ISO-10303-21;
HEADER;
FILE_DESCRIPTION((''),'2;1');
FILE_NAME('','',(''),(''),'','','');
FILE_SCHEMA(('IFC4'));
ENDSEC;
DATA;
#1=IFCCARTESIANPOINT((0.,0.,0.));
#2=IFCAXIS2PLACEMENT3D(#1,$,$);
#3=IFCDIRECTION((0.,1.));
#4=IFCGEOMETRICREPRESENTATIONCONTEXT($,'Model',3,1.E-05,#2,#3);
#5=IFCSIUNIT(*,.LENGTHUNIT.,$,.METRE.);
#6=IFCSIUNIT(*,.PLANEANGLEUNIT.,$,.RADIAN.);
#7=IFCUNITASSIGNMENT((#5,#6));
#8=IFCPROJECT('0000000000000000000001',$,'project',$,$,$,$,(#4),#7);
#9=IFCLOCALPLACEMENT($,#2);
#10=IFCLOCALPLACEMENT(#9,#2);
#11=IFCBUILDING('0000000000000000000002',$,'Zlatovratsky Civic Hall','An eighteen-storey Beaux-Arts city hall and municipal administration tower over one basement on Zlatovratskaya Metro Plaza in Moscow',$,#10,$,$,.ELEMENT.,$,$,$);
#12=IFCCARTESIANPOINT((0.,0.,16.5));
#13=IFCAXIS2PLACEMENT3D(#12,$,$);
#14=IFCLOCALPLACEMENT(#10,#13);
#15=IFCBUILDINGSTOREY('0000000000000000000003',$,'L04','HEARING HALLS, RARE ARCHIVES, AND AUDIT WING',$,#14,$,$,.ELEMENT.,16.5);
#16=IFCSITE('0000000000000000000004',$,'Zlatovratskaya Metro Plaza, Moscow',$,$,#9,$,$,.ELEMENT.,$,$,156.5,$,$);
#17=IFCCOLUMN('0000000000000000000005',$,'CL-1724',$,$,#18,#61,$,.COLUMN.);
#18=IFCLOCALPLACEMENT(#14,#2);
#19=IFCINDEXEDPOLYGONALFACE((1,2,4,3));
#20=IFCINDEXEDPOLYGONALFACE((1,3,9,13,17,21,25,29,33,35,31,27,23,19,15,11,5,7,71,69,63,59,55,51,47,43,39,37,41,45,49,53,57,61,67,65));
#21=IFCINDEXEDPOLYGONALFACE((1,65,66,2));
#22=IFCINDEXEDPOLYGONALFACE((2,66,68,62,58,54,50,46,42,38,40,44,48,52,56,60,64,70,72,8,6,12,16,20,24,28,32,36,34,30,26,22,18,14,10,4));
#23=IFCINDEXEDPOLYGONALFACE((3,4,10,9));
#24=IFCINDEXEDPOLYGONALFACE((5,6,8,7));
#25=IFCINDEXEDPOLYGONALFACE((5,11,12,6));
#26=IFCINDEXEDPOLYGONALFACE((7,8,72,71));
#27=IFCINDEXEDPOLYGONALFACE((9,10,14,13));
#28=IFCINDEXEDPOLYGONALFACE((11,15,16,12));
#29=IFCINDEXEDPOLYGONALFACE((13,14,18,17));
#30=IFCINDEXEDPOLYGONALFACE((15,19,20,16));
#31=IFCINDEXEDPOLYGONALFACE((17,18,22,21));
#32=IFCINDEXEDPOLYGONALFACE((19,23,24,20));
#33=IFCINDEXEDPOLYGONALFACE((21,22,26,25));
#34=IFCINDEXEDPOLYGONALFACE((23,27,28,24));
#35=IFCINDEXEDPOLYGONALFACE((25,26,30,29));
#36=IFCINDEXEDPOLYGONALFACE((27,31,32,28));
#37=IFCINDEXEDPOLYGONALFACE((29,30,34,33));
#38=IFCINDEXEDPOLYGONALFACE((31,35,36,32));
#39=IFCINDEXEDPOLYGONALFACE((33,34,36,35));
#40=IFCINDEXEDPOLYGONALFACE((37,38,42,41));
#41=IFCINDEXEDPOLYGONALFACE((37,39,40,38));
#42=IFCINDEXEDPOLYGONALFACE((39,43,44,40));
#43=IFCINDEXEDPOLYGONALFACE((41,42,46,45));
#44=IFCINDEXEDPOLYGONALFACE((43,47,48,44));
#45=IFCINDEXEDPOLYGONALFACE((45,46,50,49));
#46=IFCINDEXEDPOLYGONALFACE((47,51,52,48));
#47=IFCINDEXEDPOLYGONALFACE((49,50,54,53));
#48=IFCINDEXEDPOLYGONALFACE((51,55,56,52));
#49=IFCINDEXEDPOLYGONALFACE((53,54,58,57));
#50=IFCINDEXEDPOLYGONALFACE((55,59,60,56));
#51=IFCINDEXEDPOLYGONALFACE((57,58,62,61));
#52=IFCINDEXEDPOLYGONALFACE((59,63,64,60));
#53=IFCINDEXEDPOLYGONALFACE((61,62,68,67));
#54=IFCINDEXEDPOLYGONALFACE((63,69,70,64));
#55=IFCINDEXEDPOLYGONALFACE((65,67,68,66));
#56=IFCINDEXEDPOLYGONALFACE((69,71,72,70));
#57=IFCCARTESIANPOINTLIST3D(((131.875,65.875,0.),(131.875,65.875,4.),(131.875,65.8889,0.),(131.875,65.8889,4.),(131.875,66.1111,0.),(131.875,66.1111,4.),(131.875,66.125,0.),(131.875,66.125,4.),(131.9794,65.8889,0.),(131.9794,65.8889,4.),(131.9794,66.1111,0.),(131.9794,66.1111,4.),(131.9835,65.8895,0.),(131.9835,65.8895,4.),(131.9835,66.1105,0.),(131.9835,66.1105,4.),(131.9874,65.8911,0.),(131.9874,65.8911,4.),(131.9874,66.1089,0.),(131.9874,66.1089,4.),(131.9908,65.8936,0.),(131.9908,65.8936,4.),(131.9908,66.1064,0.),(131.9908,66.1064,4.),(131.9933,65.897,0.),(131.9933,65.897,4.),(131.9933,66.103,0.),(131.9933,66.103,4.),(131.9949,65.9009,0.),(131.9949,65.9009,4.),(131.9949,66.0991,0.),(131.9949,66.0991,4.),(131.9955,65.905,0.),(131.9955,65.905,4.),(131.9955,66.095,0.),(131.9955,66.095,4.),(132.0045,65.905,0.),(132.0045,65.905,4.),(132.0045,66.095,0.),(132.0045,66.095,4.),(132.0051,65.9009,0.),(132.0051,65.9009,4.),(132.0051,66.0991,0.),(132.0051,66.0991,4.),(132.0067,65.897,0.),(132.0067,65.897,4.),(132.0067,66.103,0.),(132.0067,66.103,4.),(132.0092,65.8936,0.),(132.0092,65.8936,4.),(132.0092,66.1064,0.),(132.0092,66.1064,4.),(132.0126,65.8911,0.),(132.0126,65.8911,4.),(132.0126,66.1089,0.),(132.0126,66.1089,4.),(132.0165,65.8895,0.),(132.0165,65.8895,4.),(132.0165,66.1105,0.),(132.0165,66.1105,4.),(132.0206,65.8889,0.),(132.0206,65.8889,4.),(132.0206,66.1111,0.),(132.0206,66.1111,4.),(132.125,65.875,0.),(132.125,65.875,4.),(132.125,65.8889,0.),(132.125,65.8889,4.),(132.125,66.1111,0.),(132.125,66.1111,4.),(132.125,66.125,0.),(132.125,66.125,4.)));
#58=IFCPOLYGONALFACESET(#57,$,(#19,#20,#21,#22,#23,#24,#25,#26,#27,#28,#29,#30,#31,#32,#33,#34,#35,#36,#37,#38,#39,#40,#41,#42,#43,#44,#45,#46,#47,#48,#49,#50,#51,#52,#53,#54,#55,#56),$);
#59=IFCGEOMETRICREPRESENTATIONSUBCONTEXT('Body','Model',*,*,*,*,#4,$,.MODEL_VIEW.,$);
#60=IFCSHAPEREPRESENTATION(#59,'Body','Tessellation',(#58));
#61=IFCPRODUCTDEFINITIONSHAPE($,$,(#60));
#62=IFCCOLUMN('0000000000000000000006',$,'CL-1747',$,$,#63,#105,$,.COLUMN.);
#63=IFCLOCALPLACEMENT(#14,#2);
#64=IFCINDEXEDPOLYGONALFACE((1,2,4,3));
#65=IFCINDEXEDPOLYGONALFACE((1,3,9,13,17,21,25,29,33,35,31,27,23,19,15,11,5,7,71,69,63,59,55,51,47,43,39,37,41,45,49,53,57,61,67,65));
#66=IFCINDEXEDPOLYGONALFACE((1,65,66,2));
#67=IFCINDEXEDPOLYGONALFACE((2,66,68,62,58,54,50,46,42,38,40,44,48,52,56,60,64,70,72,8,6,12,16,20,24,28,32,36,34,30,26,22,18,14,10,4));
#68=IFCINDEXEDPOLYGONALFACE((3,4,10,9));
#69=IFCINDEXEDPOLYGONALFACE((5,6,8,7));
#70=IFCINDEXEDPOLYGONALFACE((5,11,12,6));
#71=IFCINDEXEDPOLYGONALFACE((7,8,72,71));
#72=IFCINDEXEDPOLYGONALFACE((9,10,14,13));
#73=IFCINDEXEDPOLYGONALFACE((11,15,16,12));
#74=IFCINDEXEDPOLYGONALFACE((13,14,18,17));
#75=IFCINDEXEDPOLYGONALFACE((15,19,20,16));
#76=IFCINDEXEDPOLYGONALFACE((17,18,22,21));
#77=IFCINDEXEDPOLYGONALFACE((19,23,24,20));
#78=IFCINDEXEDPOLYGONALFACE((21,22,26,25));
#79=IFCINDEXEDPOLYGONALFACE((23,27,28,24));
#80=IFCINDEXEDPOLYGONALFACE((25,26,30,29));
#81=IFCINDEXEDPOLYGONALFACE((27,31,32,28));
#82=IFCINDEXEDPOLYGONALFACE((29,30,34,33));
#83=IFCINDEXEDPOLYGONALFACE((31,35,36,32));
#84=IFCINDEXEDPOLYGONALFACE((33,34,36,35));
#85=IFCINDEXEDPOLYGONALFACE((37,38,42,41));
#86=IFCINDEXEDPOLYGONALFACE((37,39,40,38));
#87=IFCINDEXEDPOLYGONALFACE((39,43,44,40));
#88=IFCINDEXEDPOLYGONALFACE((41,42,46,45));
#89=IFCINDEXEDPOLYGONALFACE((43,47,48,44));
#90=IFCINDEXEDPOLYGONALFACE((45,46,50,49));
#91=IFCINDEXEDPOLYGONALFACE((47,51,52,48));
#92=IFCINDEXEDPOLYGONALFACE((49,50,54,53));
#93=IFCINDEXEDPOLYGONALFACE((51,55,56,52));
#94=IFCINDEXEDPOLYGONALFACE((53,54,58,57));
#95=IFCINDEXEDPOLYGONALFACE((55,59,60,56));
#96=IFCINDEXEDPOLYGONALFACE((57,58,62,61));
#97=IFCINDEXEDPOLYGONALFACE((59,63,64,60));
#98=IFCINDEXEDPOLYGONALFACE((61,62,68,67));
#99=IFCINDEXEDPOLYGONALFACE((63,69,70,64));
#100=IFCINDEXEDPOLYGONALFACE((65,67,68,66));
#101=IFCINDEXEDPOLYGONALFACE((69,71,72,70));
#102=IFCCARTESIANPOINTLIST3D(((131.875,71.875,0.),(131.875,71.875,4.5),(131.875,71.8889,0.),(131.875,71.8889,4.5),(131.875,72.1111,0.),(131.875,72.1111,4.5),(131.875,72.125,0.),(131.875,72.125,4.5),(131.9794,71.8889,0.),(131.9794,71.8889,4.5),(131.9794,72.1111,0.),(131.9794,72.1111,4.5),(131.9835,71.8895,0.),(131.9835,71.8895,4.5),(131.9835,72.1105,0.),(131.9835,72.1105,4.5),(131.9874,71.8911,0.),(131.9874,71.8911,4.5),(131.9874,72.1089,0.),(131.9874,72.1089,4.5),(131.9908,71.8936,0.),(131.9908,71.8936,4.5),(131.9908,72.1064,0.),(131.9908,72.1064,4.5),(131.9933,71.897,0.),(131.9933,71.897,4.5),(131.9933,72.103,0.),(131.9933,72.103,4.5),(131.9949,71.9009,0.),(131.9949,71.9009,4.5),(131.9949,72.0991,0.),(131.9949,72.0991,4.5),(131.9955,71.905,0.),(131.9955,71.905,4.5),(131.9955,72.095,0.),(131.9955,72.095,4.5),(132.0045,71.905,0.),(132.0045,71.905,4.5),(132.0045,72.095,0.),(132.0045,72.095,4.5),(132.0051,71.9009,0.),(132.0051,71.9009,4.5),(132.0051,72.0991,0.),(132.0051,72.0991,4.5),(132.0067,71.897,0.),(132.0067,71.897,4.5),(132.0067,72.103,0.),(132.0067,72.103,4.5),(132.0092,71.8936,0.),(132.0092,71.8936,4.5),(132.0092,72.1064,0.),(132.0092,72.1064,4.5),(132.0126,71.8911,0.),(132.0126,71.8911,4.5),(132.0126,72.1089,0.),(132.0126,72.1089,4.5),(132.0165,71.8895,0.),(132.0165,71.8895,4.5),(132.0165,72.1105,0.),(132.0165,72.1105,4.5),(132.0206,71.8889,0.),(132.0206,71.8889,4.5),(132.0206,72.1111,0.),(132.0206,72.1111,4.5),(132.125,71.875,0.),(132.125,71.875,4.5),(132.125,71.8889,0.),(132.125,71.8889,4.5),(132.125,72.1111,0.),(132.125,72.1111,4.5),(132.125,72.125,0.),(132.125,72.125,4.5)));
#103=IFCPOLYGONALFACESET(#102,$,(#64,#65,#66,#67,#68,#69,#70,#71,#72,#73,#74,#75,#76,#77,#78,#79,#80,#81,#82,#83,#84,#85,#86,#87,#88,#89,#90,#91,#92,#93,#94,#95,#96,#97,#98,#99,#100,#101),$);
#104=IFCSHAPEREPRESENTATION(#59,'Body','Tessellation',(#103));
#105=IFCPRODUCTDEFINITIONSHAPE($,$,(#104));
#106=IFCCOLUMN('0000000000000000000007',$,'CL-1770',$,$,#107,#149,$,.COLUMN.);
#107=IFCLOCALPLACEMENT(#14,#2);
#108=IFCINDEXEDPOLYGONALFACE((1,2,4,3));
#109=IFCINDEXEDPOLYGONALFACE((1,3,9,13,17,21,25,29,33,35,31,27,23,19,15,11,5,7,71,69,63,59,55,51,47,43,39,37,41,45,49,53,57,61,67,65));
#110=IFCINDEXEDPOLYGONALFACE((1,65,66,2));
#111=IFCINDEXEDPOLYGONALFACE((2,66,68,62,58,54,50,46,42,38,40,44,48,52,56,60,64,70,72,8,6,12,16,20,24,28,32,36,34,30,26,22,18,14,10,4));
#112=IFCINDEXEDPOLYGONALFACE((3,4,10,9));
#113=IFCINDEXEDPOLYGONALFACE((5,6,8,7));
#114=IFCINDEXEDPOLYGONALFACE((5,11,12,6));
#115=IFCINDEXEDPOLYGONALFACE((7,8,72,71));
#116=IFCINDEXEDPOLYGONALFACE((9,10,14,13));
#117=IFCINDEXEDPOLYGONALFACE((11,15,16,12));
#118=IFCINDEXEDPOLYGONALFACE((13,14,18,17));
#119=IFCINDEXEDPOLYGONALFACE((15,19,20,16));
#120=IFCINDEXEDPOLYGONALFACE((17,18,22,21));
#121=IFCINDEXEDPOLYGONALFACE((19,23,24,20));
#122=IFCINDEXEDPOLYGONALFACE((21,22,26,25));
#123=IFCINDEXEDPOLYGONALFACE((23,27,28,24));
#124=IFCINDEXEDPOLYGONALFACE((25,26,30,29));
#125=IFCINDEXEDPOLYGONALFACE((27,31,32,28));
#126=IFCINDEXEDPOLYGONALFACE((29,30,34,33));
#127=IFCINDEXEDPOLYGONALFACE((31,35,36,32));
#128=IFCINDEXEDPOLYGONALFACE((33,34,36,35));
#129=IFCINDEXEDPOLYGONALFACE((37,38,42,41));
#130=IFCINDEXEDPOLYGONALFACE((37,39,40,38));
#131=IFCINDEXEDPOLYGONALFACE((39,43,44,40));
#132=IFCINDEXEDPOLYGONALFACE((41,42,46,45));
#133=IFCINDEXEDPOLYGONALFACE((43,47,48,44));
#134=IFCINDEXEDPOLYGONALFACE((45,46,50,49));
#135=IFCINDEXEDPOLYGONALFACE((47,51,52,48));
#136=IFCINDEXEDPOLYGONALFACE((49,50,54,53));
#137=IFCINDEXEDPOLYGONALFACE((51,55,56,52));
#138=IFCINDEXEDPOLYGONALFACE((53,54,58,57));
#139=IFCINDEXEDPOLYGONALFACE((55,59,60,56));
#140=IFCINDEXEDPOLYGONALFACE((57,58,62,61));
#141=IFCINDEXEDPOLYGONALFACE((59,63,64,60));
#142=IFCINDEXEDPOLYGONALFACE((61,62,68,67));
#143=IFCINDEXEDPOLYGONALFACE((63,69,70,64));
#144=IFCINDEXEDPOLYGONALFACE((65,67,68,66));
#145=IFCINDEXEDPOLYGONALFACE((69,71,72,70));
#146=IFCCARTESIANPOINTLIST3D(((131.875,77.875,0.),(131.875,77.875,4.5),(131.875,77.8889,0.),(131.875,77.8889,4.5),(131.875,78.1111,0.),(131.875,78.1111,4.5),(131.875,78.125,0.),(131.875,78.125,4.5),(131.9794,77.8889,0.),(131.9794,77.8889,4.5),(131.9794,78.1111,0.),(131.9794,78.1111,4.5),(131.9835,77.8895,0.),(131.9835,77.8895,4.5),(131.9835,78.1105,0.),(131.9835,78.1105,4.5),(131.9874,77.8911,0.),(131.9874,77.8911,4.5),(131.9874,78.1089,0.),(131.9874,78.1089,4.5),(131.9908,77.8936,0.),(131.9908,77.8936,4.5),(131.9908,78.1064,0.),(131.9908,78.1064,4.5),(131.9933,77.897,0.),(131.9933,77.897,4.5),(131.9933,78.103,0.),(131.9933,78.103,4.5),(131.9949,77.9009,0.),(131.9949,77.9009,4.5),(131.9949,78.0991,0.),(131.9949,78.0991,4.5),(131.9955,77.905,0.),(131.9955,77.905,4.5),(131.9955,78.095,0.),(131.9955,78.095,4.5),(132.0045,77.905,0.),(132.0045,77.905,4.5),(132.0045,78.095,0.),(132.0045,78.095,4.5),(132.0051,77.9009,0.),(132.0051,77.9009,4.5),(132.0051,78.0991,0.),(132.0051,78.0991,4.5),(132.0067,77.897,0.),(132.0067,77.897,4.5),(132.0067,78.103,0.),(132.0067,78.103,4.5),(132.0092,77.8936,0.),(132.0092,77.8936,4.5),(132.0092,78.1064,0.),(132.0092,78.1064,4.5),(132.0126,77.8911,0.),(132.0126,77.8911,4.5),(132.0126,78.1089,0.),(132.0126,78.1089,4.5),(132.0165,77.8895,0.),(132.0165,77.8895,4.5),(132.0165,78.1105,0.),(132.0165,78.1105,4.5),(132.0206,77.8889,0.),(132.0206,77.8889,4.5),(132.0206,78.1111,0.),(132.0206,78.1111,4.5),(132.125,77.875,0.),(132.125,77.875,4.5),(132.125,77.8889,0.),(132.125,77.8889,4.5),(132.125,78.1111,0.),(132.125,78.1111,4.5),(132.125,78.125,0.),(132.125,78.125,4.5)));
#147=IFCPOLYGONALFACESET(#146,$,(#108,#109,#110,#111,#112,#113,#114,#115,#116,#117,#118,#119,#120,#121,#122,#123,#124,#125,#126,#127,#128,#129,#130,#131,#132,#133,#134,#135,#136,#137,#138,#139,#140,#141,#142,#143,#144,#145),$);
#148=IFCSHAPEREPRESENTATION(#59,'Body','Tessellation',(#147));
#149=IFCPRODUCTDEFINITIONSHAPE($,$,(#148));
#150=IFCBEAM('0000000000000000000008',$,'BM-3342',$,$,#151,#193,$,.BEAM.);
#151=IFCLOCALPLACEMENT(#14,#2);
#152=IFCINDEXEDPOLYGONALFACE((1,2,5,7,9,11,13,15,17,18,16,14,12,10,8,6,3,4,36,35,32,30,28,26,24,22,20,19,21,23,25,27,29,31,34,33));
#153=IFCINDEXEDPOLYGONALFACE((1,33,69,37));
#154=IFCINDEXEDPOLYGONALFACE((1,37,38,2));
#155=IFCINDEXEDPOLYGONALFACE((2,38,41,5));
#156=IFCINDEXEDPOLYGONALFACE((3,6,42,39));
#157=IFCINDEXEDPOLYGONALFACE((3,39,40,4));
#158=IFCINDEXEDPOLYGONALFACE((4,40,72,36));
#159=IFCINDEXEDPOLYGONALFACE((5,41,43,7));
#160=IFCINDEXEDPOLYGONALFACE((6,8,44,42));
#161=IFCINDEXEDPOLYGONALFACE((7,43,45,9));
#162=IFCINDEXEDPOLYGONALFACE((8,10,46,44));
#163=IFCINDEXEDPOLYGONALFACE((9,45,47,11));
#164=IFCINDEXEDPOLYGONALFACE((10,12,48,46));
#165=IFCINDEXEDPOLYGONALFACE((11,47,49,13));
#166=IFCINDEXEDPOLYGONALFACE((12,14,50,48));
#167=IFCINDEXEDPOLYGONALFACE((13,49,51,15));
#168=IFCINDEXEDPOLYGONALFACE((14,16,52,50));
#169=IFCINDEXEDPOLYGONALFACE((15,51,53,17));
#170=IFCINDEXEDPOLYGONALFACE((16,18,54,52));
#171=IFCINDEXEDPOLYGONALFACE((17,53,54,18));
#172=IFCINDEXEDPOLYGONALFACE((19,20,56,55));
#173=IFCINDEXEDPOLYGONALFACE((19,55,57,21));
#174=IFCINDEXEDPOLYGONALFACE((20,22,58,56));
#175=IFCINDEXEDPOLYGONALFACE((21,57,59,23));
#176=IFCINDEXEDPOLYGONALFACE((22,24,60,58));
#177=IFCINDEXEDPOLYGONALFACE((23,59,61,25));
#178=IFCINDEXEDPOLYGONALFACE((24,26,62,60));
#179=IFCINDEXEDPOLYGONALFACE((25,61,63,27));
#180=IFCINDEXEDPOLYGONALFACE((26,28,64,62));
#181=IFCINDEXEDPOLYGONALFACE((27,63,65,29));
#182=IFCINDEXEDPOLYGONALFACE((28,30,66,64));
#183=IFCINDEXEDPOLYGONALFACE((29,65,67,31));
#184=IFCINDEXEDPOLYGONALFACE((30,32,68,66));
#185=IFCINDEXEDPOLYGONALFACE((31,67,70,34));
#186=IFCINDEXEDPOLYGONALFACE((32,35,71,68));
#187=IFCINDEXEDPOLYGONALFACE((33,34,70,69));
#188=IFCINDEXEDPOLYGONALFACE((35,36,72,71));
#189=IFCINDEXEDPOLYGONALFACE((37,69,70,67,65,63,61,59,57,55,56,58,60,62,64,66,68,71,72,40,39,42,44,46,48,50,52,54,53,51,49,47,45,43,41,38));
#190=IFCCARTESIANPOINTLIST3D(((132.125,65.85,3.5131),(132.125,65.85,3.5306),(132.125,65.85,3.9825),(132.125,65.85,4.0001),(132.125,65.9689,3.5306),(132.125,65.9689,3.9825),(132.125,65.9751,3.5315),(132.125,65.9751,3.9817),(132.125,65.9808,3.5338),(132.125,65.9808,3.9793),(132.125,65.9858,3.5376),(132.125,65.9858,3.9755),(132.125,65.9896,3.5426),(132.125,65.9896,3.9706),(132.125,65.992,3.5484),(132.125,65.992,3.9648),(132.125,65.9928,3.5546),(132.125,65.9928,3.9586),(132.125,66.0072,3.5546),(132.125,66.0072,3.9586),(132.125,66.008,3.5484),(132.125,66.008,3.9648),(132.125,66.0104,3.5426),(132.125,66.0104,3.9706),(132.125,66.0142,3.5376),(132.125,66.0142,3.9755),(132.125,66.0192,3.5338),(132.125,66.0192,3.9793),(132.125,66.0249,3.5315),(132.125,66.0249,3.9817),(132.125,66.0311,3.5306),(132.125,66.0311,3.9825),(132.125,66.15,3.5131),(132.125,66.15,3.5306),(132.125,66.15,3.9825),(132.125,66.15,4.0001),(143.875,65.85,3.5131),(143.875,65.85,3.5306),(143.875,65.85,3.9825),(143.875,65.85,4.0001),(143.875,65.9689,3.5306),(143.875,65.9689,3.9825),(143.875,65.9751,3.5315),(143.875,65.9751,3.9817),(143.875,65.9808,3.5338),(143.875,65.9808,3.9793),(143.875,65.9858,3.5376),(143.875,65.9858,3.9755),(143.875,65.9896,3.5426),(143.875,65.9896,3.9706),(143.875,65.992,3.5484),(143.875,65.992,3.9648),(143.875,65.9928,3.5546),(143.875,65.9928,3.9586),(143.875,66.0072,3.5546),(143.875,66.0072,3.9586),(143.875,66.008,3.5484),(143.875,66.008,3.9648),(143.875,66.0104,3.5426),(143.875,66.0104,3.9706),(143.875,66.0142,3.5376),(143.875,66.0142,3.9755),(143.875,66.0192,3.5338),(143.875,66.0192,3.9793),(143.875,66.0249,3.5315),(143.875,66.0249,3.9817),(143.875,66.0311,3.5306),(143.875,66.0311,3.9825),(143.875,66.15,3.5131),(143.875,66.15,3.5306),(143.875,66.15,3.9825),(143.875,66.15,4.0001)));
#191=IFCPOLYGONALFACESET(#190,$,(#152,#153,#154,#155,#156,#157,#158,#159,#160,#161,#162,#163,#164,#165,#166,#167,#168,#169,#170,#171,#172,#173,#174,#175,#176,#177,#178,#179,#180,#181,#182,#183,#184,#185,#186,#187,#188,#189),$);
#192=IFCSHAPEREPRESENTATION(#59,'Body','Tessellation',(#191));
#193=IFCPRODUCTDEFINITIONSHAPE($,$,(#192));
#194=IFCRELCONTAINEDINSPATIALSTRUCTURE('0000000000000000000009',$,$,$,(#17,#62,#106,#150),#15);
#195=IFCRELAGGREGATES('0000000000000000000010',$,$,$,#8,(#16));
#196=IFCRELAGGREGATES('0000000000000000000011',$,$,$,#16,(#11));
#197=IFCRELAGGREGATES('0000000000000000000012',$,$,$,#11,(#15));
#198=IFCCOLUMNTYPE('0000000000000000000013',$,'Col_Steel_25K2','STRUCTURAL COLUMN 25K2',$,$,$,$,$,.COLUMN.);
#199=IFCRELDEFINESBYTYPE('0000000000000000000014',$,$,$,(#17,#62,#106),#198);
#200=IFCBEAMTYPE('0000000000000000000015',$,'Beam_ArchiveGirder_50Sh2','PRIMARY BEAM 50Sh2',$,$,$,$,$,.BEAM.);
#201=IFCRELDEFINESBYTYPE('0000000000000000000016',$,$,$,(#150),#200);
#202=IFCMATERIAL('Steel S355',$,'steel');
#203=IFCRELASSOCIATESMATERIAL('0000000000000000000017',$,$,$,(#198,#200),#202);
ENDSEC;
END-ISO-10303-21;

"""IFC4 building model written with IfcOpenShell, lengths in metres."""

from ifc_helpers import new_model, si_unit, direction, frame, origin, origin_2d, place, context, subcontext, project, spatial, i_section, extrude, material, material_profile, profile_set, type_object, element, save


model = new_model("IFC4")

# Units and contexts
model_context = context("Model", 3, precision=1e-05, world=origin(), true_north=direction((0.0, 1.0)))
body_context = subcontext(model_context, "Body", "Model", "MODEL_VIEW")
ifc_project = project(units=[si_unit("LENGTHUNIT", "METRE"), si_unit("PLANEANGLEUNIT", "RADIAN")], contexts=[model_context])

# Site, building, storey
site_placement = place(None, origin())
site = spatial("IfcSite", under=ifc_project, at=site_placement, Name="Zlatovratskaya Metro Plaza, Moscow", CompositionType="ELEMENT", RefElevation=156.5)
building_placement = place(site_placement, origin())
building = spatial("IfcBuilding", under=site, at=building_placement, Name="Zlatovratsky Civic Hall", Description="An eighteen-storey Beaux-Arts city hall and municipal administration tower over one basement on Zlatovratskaya Metro Plaza in Moscow", CompositionType="ELEMENT")
storey_placement = place(building_placement, frame((0.0, 0.0, 16.5)))
storey = spatial("IfcBuildingStorey", under=building, at=storey_placement, Name="L04", Description="HEARING HALLS, RARE ARCHIVES, AND AUDIT WING", CompositionType="ELEMENT", Elevation=16.5)

# Columns
ifc_material_1 = material(Name="Steel S355", Category="steel")
ifc_material_profile_1 = material_profile(ifc_material_1, i_section(OverallWidth=0.25, OverallDepth=0.25, WebThickness=0.009, FlangeThickness=0.0139, FilletRadius=0.0161, at=origin_2d()), Name="25K2")
ifc_profile_set_1 = profile_set([ifc_material_profile_1], Name="Steel S355")
column_type = type_object("IfcColumnType", Name="Col_Steel_25K2", Description="STRUCTURAL COLUMN 25K2", PredefinedType="COLUMN", material=ifc_profile_set_1)
column_placement = place(storey_placement, frame((132.0, 66.0, 0.0), z_axis=(0.0, 0.0, 1.0), x_axis=(1.0, 0.0, 0.0)))
element("IfcColumn", 1, at=column_placement, inside=storey, type_object=column_type, Name="CL-1724", PredefinedType="COLUMN", context=body_context, shape_type="SweptSolid", body=[
    extrude(i_section(OverallWidth=0.25, OverallDepth=0.25, WebThickness=0.009, FlangeThickness=0.0139, FilletRadius=0.0161, at=origin_2d()), origin(), (0.0, 0.0, 1.0), 4.0),
])
for number, where, z_axis, x_axis, name in (
    (2, (132.0, 72.0, 0.0), (0.0, 0.0, 1.0), (1.0, 0.0, 0.0), "CL-1747"),
    (3, (132.0, 78.0, 0.0), (0.0, 0.0, 1.0), (1.0, 0.0, 0.0), "CL-1770"),
):
    element("IfcColumn", number, at=place(storey_placement, frame(where, z_axis=z_axis, x_axis=x_axis)), inside=storey, type_object=column_type, Name=name, PredefinedType="COLUMN", context=body_context, shape_type="SweptSolid", body=[
        extrude(i_section(OverallWidth=0.25, OverallDepth=0.25, WebThickness=0.009, FlangeThickness=0.0139, FilletRadius=0.0161, at=origin_2d()), origin(), (0.0, 0.0, 1.0), 4.5),
    ])

# Beam
ifc_material_profile_2 = material_profile(ifc_material_1, i_section(OverallWidth=0.3, OverallDepth=0.4871, WebThickness=0.0144, FlangeThickness=0.0176, FilletRadius=0.0239, at=origin_2d()), Name="50Sh2")
ifc_profile_set_2 = profile_set([ifc_material_profile_2], Name="Steel S355")
beam_type_1 = type_object("IfcBeamType", Name="Beam_ArchiveGirder_50Sh2", Description="PRIMARY BEAM 50Sh2", PredefinedType="BEAM", material=ifc_profile_set_2)
for number, where, z_axis, x_axis, name in (
    (4, (132.125, 66.0, 3.7566), (1.0, 0.0, 0.0), (0.0, 1.0, 0.0), "BM-3342"),
):
    element("IfcBeam", number, at=place(storey_placement, frame(where, z_axis=z_axis, x_axis=x_axis)), inside=storey, type_object=beam_type_1, Name=name, PredefinedType="BEAM", context=body_context, shape_type="SweptSolid", body=[
        extrude(i_section(OverallWidth=0.3, OverallDepth=0.4871, WebThickness=0.0144, FlangeThickness=0.0176, FilletRadius=0.0239, at=origin_2d()), origin(), (0.0, 0.0, 1.0), 11.75),
    ])

save(model, "model.ifc")
